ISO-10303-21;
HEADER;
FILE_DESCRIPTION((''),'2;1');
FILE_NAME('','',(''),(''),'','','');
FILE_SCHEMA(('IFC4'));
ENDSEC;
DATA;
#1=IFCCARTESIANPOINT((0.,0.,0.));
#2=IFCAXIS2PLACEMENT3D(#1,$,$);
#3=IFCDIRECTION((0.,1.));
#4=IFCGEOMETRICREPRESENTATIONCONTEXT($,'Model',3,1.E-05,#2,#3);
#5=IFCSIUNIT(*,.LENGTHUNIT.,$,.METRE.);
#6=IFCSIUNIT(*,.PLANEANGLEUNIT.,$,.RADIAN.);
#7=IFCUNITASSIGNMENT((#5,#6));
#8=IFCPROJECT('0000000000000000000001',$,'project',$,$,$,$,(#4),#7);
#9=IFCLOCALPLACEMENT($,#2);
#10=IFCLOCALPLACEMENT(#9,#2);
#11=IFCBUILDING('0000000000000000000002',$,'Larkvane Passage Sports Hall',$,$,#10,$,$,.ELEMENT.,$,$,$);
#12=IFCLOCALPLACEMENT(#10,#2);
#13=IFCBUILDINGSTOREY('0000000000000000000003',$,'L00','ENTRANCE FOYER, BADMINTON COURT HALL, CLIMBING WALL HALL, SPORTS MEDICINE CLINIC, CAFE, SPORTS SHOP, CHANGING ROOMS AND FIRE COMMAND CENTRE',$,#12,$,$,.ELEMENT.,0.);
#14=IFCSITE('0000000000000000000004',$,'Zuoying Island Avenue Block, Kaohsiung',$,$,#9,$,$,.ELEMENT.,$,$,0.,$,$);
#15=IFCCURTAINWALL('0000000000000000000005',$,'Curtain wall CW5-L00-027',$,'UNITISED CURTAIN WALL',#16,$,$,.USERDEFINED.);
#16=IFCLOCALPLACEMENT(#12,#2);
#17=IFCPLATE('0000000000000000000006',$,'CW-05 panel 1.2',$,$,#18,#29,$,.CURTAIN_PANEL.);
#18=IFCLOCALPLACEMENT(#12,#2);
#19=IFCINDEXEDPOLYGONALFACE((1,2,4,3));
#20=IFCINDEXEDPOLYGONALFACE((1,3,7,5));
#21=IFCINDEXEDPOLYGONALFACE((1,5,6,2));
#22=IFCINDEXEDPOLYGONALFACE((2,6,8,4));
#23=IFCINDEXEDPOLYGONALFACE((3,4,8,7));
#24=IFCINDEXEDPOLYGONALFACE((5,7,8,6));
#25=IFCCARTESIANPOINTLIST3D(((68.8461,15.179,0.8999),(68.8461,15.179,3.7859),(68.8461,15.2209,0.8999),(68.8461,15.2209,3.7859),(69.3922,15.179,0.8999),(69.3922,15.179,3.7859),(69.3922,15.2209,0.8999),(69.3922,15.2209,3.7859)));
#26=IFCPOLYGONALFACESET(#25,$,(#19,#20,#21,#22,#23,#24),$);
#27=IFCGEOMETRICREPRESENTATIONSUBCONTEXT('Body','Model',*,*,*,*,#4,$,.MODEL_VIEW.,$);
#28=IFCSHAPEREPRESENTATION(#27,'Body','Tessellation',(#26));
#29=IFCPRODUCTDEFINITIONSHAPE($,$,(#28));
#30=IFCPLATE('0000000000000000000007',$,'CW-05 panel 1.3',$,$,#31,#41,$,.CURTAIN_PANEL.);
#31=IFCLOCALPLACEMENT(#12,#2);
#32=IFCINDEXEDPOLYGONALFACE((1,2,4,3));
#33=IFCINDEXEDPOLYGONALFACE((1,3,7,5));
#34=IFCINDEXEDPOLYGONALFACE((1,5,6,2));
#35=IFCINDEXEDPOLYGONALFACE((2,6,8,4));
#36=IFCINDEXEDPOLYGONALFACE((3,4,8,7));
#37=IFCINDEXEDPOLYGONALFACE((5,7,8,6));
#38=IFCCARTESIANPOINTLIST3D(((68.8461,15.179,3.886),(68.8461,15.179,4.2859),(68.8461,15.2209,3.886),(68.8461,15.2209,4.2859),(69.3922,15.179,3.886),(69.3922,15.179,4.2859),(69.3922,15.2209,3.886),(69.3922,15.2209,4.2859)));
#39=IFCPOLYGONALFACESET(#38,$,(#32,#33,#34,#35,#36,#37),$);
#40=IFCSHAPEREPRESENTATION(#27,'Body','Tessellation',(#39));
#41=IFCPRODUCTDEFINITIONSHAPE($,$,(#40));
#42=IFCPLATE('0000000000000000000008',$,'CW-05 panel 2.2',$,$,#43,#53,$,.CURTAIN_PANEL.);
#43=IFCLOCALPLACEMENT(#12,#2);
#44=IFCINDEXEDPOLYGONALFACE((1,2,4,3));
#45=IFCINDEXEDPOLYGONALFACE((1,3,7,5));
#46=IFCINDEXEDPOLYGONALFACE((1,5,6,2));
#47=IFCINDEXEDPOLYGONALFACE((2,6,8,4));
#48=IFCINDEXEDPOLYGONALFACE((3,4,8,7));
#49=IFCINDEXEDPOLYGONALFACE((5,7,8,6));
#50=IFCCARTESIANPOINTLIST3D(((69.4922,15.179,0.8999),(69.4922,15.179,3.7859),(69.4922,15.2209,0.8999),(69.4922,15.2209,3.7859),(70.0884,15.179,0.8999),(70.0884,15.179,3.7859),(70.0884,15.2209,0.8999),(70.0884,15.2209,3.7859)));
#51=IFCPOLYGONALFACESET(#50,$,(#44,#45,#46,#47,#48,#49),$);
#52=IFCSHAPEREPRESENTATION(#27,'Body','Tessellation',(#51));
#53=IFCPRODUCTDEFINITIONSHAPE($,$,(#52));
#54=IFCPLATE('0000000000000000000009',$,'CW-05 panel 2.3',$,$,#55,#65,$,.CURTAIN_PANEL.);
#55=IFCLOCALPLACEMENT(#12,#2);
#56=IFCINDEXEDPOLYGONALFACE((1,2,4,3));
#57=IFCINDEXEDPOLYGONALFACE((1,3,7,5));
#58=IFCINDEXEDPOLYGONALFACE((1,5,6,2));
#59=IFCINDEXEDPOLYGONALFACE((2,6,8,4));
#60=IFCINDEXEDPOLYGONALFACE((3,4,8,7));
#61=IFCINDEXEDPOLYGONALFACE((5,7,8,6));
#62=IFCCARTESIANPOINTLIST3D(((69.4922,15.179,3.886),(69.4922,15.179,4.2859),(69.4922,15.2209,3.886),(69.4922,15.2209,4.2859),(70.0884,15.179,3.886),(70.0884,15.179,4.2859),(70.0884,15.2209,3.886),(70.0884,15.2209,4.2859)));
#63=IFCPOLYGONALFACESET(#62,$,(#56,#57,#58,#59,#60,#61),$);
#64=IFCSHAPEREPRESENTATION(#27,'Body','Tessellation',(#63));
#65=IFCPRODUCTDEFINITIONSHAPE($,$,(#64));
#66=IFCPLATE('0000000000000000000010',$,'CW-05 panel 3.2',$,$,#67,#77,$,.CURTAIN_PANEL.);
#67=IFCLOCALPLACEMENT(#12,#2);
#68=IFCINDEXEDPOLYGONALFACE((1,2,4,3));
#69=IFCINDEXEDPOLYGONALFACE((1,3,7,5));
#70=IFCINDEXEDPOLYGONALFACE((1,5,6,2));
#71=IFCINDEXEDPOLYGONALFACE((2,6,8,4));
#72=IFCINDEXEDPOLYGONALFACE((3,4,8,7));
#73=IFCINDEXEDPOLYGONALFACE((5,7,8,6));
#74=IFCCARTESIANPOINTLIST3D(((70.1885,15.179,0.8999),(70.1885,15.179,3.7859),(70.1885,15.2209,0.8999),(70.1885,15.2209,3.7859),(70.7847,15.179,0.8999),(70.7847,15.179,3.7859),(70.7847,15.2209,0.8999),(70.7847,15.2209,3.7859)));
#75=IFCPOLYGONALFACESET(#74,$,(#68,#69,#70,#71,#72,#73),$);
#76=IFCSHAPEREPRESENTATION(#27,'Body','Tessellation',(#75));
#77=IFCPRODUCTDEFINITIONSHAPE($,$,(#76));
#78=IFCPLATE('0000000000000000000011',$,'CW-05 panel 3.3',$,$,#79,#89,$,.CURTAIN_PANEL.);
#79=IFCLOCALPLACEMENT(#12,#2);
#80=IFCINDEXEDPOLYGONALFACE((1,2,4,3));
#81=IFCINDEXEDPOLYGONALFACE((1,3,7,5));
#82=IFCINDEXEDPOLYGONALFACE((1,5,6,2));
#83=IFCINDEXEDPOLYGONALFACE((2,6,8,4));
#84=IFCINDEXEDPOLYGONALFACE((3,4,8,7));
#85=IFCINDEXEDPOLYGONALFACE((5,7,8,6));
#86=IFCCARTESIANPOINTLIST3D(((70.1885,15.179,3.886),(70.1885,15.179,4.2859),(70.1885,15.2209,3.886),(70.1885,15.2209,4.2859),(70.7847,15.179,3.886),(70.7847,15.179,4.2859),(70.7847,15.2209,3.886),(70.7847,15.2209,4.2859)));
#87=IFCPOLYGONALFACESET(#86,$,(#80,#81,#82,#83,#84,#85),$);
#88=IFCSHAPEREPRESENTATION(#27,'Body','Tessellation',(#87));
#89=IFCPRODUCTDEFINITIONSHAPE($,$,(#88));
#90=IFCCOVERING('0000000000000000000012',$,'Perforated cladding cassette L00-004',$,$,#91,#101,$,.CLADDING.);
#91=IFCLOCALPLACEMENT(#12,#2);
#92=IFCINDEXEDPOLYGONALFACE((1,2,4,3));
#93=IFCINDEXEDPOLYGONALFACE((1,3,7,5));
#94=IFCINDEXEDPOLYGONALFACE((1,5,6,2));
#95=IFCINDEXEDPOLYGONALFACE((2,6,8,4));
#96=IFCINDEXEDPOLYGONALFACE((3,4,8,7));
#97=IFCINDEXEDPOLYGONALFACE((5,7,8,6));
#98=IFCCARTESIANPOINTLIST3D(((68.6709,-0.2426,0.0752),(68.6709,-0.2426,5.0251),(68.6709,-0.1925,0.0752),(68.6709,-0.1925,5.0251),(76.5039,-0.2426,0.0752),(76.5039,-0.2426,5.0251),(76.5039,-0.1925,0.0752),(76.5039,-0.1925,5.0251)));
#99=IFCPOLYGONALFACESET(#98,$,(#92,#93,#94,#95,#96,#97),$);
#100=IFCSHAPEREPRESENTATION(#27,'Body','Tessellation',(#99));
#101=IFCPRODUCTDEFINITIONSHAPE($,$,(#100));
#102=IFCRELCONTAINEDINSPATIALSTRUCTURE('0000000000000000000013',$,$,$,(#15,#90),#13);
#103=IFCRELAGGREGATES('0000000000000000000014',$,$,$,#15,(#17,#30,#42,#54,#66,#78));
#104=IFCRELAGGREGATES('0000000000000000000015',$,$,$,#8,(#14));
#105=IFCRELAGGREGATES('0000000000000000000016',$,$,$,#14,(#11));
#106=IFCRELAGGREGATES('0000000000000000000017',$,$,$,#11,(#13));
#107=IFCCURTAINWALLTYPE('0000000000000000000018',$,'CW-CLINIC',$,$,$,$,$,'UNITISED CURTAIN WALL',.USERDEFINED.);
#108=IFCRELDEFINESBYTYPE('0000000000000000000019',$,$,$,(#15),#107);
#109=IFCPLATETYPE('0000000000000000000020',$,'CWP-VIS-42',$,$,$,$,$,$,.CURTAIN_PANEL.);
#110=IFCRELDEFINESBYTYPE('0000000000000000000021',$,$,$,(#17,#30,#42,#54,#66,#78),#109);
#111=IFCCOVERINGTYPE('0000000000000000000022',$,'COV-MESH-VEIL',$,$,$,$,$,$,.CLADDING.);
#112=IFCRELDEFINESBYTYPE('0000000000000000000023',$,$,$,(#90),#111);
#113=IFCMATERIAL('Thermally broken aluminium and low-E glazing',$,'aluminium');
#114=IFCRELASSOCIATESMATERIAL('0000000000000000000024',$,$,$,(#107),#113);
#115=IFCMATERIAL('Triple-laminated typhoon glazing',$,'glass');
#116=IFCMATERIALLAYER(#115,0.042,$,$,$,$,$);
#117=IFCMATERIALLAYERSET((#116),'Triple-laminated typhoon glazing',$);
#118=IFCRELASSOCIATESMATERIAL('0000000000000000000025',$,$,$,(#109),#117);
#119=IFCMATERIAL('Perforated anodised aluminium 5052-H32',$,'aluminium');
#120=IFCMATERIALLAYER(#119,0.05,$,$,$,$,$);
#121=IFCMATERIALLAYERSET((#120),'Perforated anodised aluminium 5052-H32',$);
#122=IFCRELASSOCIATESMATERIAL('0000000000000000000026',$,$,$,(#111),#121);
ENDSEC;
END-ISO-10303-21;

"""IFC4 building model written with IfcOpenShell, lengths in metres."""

from ifc_helpers import new_model, si_unit, direction, frame, origin, origin_2d, place, context, subcontext, project, spatial, rectangle, extrude, material, layer, layer_set, type_object, element, aggregate, save


model = new_model("IFC4")

# Units and contexts
model_context = context("Model", 3, precision=1e-05, world=origin(), true_north=direction((0.0, 1.0)))
body_context = subcontext(model_context, "Body", "Model", "MODEL_VIEW")
ifc_project = project(units=[si_unit("LENGTHUNIT", "METRE"), si_unit("PLANEANGLEUNIT", "RADIAN")], contexts=[model_context])

# Site, building, storey
site_placement = place(None, origin())
site = spatial("IfcSite", under=ifc_project, at=site_placement, Name="Zuoying Island Avenue Block, Kaohsiung", CompositionType="ELEMENT", RefElevation=0.0)
building_placement = place(site_placement, origin())
building = spatial("IfcBuilding", under=site, at=building_placement, Name="Larkvane Passage Sports Hall", CompositionType="ELEMENT")
storey_placement = place(building_placement, origin())
storey = spatial("IfcBuildingStorey", under=building, at=storey_placement, Name="L00", Description="ENTRANCE FOYER, BADMINTON COURT HALL, CLIMBING WALL HALL, SPORTS MEDICINE CLINIC, CAFE, SPORTS SHOP, CHANGING ROOMS AND FIRE COMMAND CENTRE", CompositionType="ELEMENT", Elevation=0.0)

# Curtain wall, plates
ifc_material_1 = material(Name="Thermally broken aluminium and low-E glazing", Category="aluminium")
curtain_wall_type = type_object("IfcCurtainWallType", Name="CW-CLINIC", ElementType="UNITISED CURTAIN WALL", PredefinedType="USERDEFINED", material=ifc_material_1)
curtain_wall_placement = place(storey_placement, origin())
curtain_wall = element("IfcCurtainWall", 1, at=curtain_wall_placement, inside=storey, type_object=curtain_wall_type, Name="Curtain wall CW5-L00-027", ObjectType="UNITISED CURTAIN WALL", PredefinedType="USERDEFINED")
ifc_material_2 = material(Name="Triple-laminated typhoon glazing", Category="glass")
ifc_layer_1 = layer(ifc_material_2, 0.042)
ifc_layer_set_1 = layer_set([ifc_layer_1], Name="Triple-laminated typhoon glazing")
plate_type_1 = type_object("IfcPlateType", Name="CWP-VIS-42", PredefinedType="CURTAIN_PANEL", material=ifc_layer_set_1)
plate_1_placement = place(storey_placement, frame((69.1191, 15.2, 0.8999), z_axis=(0.0, 0.0, 1.0), x_axis=(1.0, 0.0, 0.0)))
plate_1 = element("IfcPlate", 2, at=plate_1_placement, type_object=plate_type_1, Name="CW-05 panel 1.2", PredefinedType="CURTAIN_PANEL", context=body_context, shape_type="SweptSolid", body=[
    extrude(rectangle(XDim=0.5461, YDim=0.042, at=origin_2d()), origin(), (0.0, 0.0, 1.0), 2.886),
])
plate_2_placement = place(storey_placement, frame((69.1191, 15.2, 3.886), z_axis=(0.0, 0.0, 1.0), x_axis=(1.0, 0.0, 0.0)))
plate_2 = element("IfcPlate", 3, at=plate_2_placement, type_object=plate_type_1, Name="CW-05 panel 1.3", PredefinedType="CURTAIN_PANEL", context=body_context, shape_type="SweptSolid", body=[
    extrude(rectangle(XDim=0.5461, YDim=0.042, at=origin_2d()), origin(), (0.0, 0.0, 1.0), 0.3999),
])
plate_3_placement = place(storey_placement, frame((69.7903, 15.2, 0.8999), z_axis=(0.0, 0.0, 1.0), x_axis=(1.0, 0.0, 0.0)))
plate_3 = element("IfcPlate", 4, at=plate_3_placement, type_object=plate_type_1, Name="CW-05 panel 2.2", PredefinedType="CURTAIN_PANEL", context=body_context, shape_type="SweptSolid", body=[
    extrude(rectangle(XDim=0.5962, YDim=0.042, at=origin_2d()), origin(), (0.0, 0.0, 1.0), 2.886),
])
plate_4_placement = place(storey_placement, frame((69.7903, 15.2, 3.886), z_axis=(0.0, 0.0, 1.0), x_axis=(1.0, 0.0, 0.0)))
plate_4 = element("IfcPlate", 5, at=plate_4_placement, type_object=plate_type_1, Name="CW-05 panel 2.3", PredefinedType="CURTAIN_PANEL", context=body_context, shape_type="SweptSolid", body=[
    extrude(rectangle(XDim=0.5962, YDim=0.042, at=origin_2d()), origin(), (0.0, 0.0, 1.0), 0.3999),
])
plate_5_placement = place(storey_placement, frame((70.4866, 15.2, 0.8999), z_axis=(0.0, 0.0, 1.0), x_axis=(1.0, 0.0, 0.0)))
plate_5 = element("IfcPlate", 6, at=plate_5_placement, type_object=plate_type_1, Name="CW-05 panel 3.2", PredefinedType="CURTAIN_PANEL", context=body_context, shape_type="SweptSolid", body=[
    extrude(rectangle(XDim=0.5962, YDim=0.042, at=origin_2d()), origin(), (0.0, 0.0, 1.0), 2.886),
])
plate_6_placement = place(storey_placement, frame((70.4866, 15.2, 3.886), z_axis=(0.0, 0.0, 1.0), x_axis=(1.0, 0.0, 0.0)))
plate_6 = element("IfcPlate", 7, at=plate_6_placement, type_object=plate_type_1, Name="CW-05 panel 3.3", PredefinedType="CURTAIN_PANEL", context=body_context, shape_type="SweptSolid", body=[
    extrude(rectangle(XDim=0.5962, YDim=0.042, at=origin_2d()), origin(), (0.0, 0.0, 1.0), 0.3999),
])
aggregate(curtain_wall, [plate_1, plate_2, plate_3, plate_4, plate_5, plate_6])

# Covering
ifc_material_3 = material(Name="Perforated anodised aluminium 5052-H32", Category="aluminium")
ifc_layer_2 = layer(ifc_material_3, 0.05)
ifc_layer_set_2 = layer_set([ifc_layer_2], Name="Perforated anodised aluminium 5052-H32")
covering_type = type_object("IfcCoveringType", Name="COV-MESH-VEIL", PredefinedType="CLADDING", material=ifc_layer_set_2)
covering_placement = place(storey_placement, frame((72.5874, -0.2175, 0.0752), z_axis=(0.0, 0.0, 1.0), x_axis=(-1.0, 0.0, 0.0)))
element("IfcCovering", 8, at=covering_placement, inside=storey, type_object=covering_type, Name="Perforated cladding cassette L00-004", PredefinedType="CLADDING", context=body_context, shape_type="SweptSolid", body=[
    extrude(rectangle(XDim=7.833, YDim=0.05, at=origin_2d()), origin(), (0.0, 0.0, 1.0), 4.95),
])

save(model, "model.ifc")
